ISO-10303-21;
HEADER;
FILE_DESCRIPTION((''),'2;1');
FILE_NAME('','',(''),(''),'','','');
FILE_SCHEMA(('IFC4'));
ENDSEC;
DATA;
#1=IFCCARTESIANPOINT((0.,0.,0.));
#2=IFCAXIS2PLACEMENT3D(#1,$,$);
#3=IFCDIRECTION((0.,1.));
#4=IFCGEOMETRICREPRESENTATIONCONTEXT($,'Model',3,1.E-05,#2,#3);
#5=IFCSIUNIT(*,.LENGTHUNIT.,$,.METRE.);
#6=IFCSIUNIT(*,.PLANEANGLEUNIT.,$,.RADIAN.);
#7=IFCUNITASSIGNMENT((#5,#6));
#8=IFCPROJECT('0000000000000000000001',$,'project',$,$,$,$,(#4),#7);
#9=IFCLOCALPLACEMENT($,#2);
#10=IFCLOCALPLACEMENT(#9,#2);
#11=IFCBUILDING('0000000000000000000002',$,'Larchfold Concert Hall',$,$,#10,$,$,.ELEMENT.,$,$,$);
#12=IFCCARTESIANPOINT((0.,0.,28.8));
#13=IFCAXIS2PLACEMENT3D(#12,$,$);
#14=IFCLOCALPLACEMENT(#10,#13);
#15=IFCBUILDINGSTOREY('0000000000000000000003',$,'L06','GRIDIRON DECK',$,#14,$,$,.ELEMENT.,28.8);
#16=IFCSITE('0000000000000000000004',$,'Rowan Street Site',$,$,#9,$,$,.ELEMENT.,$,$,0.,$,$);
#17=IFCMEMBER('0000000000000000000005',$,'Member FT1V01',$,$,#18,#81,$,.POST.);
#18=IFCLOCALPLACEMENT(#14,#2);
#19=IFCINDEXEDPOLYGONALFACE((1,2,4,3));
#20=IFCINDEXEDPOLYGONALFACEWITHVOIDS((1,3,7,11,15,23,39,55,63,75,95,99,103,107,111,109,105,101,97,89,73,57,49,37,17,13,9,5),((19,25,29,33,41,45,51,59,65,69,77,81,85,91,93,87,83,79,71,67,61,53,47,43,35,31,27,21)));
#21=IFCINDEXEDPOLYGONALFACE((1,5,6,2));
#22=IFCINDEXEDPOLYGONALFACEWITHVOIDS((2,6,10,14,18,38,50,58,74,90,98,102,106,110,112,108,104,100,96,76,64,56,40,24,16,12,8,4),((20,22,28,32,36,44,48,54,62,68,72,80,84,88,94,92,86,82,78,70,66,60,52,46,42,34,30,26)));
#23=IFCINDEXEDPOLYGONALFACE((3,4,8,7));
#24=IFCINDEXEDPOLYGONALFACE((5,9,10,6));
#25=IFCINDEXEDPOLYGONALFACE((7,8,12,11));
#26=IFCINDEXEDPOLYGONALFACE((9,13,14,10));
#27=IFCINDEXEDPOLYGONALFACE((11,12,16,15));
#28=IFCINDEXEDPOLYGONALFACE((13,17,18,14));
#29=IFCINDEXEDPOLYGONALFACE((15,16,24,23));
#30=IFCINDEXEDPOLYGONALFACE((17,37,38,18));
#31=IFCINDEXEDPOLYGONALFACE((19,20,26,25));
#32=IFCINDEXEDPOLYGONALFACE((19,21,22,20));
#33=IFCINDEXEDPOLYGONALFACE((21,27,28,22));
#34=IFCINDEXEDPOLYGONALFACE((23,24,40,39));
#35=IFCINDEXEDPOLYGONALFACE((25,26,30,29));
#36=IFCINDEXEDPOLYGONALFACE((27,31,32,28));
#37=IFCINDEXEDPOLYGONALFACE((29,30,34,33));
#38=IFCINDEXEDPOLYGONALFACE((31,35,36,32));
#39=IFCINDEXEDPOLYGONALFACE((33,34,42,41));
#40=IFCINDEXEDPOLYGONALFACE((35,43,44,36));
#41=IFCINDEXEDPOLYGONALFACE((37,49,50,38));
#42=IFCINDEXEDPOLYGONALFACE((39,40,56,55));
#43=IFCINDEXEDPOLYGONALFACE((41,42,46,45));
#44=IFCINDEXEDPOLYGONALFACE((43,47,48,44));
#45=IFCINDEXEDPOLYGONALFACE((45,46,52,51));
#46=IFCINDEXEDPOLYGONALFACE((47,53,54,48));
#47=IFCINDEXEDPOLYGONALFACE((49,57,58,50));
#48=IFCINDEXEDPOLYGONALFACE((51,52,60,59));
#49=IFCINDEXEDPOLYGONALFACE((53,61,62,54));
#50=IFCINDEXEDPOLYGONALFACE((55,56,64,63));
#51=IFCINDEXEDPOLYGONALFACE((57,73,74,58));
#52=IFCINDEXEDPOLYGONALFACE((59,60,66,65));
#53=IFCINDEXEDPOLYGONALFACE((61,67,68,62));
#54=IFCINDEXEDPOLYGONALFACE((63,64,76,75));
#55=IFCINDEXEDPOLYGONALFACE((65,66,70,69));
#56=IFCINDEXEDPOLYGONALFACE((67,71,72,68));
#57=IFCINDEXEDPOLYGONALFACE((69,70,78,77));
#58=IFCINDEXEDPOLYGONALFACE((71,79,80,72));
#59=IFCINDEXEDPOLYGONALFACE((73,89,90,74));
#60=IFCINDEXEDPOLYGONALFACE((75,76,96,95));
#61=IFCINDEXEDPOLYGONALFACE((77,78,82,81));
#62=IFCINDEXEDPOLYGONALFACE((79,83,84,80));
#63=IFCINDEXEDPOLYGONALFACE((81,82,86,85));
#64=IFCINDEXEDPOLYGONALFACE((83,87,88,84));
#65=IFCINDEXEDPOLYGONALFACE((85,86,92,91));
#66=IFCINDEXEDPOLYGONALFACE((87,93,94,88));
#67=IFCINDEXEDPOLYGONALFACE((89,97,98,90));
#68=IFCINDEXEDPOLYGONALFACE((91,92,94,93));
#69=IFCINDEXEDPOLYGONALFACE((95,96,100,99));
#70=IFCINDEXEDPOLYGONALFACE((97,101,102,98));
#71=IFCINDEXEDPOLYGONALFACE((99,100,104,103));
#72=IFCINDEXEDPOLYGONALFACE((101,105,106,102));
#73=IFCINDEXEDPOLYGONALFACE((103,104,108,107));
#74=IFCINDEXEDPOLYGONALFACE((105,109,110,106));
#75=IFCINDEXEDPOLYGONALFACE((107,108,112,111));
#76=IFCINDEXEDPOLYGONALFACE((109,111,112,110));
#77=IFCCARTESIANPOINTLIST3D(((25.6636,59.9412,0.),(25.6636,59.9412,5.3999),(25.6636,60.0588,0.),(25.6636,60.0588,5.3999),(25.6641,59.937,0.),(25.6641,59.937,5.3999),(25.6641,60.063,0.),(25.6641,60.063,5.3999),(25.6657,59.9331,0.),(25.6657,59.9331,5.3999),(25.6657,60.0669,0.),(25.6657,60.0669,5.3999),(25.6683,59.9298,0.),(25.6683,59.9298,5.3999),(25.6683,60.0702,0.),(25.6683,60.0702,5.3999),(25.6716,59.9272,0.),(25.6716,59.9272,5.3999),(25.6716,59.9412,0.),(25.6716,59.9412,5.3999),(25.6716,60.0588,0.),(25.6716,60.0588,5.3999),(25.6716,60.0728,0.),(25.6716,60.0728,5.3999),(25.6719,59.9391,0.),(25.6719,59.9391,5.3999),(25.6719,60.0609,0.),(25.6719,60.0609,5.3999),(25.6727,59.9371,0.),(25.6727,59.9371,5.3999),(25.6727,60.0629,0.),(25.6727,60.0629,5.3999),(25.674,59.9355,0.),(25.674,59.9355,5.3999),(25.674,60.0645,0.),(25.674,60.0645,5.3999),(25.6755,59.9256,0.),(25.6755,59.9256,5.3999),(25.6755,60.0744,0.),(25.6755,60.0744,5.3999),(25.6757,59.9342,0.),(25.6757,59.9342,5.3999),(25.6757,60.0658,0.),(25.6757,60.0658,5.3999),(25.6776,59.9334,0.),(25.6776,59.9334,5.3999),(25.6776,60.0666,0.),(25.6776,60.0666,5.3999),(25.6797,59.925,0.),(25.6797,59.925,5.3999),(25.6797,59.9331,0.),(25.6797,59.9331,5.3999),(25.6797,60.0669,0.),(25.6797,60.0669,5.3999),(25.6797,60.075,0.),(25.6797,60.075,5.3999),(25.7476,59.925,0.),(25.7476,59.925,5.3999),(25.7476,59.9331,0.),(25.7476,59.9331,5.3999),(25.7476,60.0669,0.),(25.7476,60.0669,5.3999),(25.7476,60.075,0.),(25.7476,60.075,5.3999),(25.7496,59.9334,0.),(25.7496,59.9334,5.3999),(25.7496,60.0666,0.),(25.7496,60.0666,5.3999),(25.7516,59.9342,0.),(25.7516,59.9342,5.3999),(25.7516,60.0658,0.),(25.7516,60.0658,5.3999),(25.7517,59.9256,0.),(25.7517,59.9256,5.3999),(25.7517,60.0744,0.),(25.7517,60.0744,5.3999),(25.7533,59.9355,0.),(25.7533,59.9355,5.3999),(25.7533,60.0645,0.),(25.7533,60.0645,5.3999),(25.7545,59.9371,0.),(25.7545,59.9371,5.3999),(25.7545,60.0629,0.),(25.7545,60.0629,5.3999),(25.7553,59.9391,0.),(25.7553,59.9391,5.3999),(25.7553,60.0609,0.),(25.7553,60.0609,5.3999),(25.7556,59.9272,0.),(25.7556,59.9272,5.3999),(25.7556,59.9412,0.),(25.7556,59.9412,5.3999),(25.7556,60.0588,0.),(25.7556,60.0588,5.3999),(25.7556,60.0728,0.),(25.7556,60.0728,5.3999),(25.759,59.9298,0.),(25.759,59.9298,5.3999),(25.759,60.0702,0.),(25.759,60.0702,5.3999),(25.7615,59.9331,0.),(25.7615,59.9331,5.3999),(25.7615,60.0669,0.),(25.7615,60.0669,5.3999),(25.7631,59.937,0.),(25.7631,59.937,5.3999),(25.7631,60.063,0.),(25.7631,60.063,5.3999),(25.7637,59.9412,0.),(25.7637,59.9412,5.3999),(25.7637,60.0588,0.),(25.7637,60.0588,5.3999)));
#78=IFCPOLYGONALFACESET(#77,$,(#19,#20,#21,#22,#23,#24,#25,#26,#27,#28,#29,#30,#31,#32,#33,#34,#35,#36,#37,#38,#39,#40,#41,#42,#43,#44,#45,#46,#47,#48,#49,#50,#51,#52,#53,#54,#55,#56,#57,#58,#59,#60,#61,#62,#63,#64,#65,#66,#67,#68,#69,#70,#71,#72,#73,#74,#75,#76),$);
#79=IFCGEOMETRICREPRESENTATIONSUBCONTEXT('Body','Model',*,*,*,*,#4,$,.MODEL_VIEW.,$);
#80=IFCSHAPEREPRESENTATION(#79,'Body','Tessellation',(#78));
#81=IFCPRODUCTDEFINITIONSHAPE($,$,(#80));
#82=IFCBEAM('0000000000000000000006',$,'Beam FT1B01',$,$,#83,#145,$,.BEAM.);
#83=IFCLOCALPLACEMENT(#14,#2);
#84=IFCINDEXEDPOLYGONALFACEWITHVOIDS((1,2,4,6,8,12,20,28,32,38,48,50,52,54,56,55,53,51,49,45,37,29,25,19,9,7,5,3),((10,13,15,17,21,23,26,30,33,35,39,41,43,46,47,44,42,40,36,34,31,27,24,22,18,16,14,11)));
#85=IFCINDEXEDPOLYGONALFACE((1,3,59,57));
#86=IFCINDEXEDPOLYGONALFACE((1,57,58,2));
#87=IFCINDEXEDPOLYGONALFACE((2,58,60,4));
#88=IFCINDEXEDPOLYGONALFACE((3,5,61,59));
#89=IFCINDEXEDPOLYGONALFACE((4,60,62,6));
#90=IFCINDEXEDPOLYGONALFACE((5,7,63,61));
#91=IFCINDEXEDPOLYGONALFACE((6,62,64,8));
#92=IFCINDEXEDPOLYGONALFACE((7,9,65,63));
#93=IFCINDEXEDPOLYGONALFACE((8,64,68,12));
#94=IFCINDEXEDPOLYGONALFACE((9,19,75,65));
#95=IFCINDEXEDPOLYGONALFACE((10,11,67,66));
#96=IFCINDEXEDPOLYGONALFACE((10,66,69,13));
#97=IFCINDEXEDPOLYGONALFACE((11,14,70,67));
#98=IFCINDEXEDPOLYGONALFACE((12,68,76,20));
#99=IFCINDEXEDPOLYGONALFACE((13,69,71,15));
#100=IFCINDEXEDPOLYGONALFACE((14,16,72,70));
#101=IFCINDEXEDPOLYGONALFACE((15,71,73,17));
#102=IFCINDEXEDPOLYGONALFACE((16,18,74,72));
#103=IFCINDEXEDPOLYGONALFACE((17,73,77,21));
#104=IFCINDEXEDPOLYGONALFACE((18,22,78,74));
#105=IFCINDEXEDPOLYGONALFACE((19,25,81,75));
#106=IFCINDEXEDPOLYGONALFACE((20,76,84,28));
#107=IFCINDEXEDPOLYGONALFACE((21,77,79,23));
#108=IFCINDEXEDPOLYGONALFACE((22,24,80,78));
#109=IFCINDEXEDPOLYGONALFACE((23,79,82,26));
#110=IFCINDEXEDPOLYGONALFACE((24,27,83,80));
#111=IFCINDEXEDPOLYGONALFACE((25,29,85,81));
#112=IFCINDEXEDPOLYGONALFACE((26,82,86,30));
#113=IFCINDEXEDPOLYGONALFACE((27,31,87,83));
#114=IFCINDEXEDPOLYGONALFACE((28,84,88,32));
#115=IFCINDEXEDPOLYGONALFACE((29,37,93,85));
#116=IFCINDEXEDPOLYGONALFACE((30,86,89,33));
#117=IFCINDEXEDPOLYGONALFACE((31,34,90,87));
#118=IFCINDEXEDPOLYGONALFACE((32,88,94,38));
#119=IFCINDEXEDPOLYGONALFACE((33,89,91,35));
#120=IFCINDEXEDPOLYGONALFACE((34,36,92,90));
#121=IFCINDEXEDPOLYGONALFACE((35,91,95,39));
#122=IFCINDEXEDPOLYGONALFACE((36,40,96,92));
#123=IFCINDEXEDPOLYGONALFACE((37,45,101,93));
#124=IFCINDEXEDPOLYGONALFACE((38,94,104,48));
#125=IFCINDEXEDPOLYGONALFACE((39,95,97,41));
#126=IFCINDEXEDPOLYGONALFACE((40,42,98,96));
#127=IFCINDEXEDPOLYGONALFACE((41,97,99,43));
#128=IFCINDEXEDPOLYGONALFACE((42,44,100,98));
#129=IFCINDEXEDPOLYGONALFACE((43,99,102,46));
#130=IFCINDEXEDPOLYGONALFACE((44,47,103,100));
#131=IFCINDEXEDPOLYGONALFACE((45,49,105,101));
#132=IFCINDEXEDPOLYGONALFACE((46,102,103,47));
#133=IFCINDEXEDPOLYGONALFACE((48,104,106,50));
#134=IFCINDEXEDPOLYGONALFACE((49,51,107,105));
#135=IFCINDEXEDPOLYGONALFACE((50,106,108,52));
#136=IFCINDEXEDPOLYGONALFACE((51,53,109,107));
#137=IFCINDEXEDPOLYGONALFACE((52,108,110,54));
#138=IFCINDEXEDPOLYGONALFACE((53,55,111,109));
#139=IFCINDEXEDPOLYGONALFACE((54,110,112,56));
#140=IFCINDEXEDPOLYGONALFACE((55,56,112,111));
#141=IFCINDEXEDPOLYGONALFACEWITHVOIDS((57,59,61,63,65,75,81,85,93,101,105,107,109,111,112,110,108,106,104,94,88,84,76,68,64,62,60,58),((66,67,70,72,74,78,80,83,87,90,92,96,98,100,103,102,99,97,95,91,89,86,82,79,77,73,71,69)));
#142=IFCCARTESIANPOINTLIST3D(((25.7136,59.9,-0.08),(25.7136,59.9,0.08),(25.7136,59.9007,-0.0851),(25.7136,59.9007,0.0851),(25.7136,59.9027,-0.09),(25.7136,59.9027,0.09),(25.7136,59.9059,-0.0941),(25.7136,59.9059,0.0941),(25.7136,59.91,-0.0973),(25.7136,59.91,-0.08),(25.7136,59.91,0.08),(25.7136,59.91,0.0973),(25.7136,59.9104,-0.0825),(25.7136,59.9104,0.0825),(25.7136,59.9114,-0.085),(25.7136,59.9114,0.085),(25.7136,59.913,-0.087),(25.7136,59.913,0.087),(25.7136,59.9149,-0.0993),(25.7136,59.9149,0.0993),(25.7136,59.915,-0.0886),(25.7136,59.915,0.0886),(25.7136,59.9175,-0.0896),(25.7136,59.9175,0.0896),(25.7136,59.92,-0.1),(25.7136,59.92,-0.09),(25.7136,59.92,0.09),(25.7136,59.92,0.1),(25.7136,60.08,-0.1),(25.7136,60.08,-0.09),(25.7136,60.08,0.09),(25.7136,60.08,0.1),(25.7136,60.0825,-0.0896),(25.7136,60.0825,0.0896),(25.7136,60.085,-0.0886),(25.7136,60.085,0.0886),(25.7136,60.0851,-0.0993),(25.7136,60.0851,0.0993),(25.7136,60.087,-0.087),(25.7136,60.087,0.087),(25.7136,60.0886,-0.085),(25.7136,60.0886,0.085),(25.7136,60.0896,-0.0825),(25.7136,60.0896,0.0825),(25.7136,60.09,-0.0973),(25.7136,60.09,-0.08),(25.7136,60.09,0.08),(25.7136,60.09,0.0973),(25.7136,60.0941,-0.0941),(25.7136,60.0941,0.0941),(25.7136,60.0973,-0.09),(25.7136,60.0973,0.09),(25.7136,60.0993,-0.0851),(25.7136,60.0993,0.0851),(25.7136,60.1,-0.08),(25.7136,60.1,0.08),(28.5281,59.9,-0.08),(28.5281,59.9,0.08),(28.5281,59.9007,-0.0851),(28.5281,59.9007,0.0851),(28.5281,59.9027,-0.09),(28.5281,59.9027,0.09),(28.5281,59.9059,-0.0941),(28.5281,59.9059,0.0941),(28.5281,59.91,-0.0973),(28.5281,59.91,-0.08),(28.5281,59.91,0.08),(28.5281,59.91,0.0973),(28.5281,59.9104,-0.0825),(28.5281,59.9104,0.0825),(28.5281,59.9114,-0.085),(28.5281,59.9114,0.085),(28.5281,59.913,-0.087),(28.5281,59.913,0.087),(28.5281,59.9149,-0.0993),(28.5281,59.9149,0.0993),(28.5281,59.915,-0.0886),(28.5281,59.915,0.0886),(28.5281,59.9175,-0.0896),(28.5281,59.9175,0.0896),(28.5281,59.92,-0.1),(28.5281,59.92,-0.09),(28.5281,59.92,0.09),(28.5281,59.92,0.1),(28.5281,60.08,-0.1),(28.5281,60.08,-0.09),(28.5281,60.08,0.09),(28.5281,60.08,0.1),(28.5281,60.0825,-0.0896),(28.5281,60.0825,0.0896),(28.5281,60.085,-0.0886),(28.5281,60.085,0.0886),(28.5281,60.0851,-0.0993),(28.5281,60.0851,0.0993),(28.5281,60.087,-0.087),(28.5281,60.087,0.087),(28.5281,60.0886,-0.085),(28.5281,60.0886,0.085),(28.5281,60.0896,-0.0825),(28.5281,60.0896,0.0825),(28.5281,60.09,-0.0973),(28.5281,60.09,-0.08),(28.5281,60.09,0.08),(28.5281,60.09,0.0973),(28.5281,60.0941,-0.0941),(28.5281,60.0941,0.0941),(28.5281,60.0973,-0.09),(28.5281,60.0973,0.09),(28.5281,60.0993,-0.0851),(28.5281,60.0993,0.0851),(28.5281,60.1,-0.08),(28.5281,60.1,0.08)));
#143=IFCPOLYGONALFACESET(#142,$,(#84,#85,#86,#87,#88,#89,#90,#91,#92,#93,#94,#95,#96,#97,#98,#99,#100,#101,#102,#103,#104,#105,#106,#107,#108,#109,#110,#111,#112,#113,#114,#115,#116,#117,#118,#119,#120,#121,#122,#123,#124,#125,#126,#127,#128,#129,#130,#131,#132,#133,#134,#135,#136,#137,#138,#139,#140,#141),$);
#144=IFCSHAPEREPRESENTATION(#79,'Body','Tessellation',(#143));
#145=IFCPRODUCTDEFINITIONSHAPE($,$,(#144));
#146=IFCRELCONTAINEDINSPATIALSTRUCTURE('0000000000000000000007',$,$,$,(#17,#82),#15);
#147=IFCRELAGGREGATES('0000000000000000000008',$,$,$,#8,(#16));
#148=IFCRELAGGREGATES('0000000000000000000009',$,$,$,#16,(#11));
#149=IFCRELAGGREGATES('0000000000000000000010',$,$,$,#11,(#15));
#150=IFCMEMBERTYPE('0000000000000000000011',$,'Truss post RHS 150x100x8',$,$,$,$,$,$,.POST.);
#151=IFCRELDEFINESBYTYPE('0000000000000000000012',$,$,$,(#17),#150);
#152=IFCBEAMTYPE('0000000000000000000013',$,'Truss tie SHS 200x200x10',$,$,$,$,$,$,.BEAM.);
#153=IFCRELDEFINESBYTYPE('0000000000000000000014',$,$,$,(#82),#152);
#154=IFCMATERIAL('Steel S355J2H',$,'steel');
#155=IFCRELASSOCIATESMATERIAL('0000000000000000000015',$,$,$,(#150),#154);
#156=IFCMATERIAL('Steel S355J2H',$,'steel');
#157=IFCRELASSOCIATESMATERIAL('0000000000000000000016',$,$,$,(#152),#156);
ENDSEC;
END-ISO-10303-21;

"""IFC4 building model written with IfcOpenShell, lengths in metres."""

from ifc_helpers import new_model, si_unit, direction, frame, origin, origin_2d, place, context, subcontext, project, spatial, hollow_rectangle, extrude, material, material_profile, profile_set, type_object, element, save


model = new_model("IFC4")

# Units and contexts
model_context = context("Model", 3, precision=1e-05, world=origin(), true_north=direction((0.0, 1.0)))
body_context = subcontext(model_context, "Body", "Model", "MODEL_VIEW")
ifc_project = project(units=[si_unit("LENGTHUNIT", "METRE"), si_unit("PLANEANGLEUNIT", "RADIAN")], contexts=[model_context])

# Site, building, storey
site_placement = place(None, origin())
site = spatial("IfcSite", under=ifc_project, at=site_placement, Name="Rowan Street Site", CompositionType="ELEMENT", RefElevation=0.0)
building_placement = place(site_placement, origin())
building = spatial("IfcBuilding", under=site, at=building_placement, Name="Larchfold Concert Hall", CompositionType="ELEMENT")
storey_placement = place(building_placement, frame((0.0, 0.0, 28.8)))
storey = spatial("IfcBuildingStorey", under=building, at=storey_placement, Name="L06", Description="GRIDIRON DECK", CompositionType="ELEMENT", Elevation=28.8)

# Member
ifc_material_1 = material(Name="Steel S355J2H", Category="steel")
ifc_material_profile_1 = material_profile(ifc_material_1, hollow_rectangle(XDim=0.1001, YDim=0.1499, WallThickness=0.0081, InnerFilletRadius=0.0081, OuterFilletRadius=0.0161, at=origin_2d()))
ifc_profile_set_1 = profile_set([ifc_material_profile_1], Name="Steel S355J2H")
member_type_1 = type_object("IfcMemberType", Name="Truss post RHS 150x100x8", PredefinedType="POST", material=ifc_profile_set_1)
member_1_placement = place(storey_placement, frame((25.7136, 60.0, 5.3999), z_axis=(0.0, 0.0, -1.0), x_axis=(1.0, 0.0, 0.0)))
element("IfcMember", 1, at=member_1_placement, inside=storey, type_object=member_type_1, Name="Member FT1V01", PredefinedType="POST", context=body_context, shape_type="SweptSolid", body=[
    extrude(hollow_rectangle(XDim=0.1001, YDim=0.1499, WallThickness=0.0081, InnerFilletRadius=0.0081, OuterFilletRadius=0.0161, at=origin_2d()), origin(), (0.0, 0.0, 1.0), 5.3999),
])

# Beam
ifc_material_2 = material(Name="Steel S355J2H", Category="steel")
ifc_material_profile_2 = material_profile(ifc_material_2, hollow_rectangle(XDim=0.2, YDim=0.2, WallThickness=0.01, InnerFilletRadius=0.01, OuterFilletRadius=0.02, at=origin_2d()))
ifc_profile_set_2 = profile_set([ifc_material_profile_2], Name="Steel S355J2H")
beam_type_1 = type_object("IfcBeamType", Name="Truss tie SHS 200x200x10", PredefinedType="BEAM", material=ifc_profile_set_2)
for number, where, z_axis, x_axis, name in (
    (2, (25.7136, 60.0, 0.0), (1.0, 0.0, 0.0), (0.0, 1.0, 0.0), "Beam FT1B01"),
):
    element("IfcBeam", number, at=place(storey_placement, frame(where, z_axis=z_axis, x_axis=x_axis)), inside=storey, type_object=beam_type_1, Name=name, PredefinedType="BEAM", context=body_context, shape_type="SweptSolid", body=[
        extrude(hollow_rectangle(XDim=0.2, YDim=0.2, WallThickness=0.01, InnerFilletRadius=0.01, OuterFilletRadius=0.02, at=origin_2d()), origin(), (0.0, 0.0, 1.0), 2.8145),
    ])

save(model, "model.ifc")
